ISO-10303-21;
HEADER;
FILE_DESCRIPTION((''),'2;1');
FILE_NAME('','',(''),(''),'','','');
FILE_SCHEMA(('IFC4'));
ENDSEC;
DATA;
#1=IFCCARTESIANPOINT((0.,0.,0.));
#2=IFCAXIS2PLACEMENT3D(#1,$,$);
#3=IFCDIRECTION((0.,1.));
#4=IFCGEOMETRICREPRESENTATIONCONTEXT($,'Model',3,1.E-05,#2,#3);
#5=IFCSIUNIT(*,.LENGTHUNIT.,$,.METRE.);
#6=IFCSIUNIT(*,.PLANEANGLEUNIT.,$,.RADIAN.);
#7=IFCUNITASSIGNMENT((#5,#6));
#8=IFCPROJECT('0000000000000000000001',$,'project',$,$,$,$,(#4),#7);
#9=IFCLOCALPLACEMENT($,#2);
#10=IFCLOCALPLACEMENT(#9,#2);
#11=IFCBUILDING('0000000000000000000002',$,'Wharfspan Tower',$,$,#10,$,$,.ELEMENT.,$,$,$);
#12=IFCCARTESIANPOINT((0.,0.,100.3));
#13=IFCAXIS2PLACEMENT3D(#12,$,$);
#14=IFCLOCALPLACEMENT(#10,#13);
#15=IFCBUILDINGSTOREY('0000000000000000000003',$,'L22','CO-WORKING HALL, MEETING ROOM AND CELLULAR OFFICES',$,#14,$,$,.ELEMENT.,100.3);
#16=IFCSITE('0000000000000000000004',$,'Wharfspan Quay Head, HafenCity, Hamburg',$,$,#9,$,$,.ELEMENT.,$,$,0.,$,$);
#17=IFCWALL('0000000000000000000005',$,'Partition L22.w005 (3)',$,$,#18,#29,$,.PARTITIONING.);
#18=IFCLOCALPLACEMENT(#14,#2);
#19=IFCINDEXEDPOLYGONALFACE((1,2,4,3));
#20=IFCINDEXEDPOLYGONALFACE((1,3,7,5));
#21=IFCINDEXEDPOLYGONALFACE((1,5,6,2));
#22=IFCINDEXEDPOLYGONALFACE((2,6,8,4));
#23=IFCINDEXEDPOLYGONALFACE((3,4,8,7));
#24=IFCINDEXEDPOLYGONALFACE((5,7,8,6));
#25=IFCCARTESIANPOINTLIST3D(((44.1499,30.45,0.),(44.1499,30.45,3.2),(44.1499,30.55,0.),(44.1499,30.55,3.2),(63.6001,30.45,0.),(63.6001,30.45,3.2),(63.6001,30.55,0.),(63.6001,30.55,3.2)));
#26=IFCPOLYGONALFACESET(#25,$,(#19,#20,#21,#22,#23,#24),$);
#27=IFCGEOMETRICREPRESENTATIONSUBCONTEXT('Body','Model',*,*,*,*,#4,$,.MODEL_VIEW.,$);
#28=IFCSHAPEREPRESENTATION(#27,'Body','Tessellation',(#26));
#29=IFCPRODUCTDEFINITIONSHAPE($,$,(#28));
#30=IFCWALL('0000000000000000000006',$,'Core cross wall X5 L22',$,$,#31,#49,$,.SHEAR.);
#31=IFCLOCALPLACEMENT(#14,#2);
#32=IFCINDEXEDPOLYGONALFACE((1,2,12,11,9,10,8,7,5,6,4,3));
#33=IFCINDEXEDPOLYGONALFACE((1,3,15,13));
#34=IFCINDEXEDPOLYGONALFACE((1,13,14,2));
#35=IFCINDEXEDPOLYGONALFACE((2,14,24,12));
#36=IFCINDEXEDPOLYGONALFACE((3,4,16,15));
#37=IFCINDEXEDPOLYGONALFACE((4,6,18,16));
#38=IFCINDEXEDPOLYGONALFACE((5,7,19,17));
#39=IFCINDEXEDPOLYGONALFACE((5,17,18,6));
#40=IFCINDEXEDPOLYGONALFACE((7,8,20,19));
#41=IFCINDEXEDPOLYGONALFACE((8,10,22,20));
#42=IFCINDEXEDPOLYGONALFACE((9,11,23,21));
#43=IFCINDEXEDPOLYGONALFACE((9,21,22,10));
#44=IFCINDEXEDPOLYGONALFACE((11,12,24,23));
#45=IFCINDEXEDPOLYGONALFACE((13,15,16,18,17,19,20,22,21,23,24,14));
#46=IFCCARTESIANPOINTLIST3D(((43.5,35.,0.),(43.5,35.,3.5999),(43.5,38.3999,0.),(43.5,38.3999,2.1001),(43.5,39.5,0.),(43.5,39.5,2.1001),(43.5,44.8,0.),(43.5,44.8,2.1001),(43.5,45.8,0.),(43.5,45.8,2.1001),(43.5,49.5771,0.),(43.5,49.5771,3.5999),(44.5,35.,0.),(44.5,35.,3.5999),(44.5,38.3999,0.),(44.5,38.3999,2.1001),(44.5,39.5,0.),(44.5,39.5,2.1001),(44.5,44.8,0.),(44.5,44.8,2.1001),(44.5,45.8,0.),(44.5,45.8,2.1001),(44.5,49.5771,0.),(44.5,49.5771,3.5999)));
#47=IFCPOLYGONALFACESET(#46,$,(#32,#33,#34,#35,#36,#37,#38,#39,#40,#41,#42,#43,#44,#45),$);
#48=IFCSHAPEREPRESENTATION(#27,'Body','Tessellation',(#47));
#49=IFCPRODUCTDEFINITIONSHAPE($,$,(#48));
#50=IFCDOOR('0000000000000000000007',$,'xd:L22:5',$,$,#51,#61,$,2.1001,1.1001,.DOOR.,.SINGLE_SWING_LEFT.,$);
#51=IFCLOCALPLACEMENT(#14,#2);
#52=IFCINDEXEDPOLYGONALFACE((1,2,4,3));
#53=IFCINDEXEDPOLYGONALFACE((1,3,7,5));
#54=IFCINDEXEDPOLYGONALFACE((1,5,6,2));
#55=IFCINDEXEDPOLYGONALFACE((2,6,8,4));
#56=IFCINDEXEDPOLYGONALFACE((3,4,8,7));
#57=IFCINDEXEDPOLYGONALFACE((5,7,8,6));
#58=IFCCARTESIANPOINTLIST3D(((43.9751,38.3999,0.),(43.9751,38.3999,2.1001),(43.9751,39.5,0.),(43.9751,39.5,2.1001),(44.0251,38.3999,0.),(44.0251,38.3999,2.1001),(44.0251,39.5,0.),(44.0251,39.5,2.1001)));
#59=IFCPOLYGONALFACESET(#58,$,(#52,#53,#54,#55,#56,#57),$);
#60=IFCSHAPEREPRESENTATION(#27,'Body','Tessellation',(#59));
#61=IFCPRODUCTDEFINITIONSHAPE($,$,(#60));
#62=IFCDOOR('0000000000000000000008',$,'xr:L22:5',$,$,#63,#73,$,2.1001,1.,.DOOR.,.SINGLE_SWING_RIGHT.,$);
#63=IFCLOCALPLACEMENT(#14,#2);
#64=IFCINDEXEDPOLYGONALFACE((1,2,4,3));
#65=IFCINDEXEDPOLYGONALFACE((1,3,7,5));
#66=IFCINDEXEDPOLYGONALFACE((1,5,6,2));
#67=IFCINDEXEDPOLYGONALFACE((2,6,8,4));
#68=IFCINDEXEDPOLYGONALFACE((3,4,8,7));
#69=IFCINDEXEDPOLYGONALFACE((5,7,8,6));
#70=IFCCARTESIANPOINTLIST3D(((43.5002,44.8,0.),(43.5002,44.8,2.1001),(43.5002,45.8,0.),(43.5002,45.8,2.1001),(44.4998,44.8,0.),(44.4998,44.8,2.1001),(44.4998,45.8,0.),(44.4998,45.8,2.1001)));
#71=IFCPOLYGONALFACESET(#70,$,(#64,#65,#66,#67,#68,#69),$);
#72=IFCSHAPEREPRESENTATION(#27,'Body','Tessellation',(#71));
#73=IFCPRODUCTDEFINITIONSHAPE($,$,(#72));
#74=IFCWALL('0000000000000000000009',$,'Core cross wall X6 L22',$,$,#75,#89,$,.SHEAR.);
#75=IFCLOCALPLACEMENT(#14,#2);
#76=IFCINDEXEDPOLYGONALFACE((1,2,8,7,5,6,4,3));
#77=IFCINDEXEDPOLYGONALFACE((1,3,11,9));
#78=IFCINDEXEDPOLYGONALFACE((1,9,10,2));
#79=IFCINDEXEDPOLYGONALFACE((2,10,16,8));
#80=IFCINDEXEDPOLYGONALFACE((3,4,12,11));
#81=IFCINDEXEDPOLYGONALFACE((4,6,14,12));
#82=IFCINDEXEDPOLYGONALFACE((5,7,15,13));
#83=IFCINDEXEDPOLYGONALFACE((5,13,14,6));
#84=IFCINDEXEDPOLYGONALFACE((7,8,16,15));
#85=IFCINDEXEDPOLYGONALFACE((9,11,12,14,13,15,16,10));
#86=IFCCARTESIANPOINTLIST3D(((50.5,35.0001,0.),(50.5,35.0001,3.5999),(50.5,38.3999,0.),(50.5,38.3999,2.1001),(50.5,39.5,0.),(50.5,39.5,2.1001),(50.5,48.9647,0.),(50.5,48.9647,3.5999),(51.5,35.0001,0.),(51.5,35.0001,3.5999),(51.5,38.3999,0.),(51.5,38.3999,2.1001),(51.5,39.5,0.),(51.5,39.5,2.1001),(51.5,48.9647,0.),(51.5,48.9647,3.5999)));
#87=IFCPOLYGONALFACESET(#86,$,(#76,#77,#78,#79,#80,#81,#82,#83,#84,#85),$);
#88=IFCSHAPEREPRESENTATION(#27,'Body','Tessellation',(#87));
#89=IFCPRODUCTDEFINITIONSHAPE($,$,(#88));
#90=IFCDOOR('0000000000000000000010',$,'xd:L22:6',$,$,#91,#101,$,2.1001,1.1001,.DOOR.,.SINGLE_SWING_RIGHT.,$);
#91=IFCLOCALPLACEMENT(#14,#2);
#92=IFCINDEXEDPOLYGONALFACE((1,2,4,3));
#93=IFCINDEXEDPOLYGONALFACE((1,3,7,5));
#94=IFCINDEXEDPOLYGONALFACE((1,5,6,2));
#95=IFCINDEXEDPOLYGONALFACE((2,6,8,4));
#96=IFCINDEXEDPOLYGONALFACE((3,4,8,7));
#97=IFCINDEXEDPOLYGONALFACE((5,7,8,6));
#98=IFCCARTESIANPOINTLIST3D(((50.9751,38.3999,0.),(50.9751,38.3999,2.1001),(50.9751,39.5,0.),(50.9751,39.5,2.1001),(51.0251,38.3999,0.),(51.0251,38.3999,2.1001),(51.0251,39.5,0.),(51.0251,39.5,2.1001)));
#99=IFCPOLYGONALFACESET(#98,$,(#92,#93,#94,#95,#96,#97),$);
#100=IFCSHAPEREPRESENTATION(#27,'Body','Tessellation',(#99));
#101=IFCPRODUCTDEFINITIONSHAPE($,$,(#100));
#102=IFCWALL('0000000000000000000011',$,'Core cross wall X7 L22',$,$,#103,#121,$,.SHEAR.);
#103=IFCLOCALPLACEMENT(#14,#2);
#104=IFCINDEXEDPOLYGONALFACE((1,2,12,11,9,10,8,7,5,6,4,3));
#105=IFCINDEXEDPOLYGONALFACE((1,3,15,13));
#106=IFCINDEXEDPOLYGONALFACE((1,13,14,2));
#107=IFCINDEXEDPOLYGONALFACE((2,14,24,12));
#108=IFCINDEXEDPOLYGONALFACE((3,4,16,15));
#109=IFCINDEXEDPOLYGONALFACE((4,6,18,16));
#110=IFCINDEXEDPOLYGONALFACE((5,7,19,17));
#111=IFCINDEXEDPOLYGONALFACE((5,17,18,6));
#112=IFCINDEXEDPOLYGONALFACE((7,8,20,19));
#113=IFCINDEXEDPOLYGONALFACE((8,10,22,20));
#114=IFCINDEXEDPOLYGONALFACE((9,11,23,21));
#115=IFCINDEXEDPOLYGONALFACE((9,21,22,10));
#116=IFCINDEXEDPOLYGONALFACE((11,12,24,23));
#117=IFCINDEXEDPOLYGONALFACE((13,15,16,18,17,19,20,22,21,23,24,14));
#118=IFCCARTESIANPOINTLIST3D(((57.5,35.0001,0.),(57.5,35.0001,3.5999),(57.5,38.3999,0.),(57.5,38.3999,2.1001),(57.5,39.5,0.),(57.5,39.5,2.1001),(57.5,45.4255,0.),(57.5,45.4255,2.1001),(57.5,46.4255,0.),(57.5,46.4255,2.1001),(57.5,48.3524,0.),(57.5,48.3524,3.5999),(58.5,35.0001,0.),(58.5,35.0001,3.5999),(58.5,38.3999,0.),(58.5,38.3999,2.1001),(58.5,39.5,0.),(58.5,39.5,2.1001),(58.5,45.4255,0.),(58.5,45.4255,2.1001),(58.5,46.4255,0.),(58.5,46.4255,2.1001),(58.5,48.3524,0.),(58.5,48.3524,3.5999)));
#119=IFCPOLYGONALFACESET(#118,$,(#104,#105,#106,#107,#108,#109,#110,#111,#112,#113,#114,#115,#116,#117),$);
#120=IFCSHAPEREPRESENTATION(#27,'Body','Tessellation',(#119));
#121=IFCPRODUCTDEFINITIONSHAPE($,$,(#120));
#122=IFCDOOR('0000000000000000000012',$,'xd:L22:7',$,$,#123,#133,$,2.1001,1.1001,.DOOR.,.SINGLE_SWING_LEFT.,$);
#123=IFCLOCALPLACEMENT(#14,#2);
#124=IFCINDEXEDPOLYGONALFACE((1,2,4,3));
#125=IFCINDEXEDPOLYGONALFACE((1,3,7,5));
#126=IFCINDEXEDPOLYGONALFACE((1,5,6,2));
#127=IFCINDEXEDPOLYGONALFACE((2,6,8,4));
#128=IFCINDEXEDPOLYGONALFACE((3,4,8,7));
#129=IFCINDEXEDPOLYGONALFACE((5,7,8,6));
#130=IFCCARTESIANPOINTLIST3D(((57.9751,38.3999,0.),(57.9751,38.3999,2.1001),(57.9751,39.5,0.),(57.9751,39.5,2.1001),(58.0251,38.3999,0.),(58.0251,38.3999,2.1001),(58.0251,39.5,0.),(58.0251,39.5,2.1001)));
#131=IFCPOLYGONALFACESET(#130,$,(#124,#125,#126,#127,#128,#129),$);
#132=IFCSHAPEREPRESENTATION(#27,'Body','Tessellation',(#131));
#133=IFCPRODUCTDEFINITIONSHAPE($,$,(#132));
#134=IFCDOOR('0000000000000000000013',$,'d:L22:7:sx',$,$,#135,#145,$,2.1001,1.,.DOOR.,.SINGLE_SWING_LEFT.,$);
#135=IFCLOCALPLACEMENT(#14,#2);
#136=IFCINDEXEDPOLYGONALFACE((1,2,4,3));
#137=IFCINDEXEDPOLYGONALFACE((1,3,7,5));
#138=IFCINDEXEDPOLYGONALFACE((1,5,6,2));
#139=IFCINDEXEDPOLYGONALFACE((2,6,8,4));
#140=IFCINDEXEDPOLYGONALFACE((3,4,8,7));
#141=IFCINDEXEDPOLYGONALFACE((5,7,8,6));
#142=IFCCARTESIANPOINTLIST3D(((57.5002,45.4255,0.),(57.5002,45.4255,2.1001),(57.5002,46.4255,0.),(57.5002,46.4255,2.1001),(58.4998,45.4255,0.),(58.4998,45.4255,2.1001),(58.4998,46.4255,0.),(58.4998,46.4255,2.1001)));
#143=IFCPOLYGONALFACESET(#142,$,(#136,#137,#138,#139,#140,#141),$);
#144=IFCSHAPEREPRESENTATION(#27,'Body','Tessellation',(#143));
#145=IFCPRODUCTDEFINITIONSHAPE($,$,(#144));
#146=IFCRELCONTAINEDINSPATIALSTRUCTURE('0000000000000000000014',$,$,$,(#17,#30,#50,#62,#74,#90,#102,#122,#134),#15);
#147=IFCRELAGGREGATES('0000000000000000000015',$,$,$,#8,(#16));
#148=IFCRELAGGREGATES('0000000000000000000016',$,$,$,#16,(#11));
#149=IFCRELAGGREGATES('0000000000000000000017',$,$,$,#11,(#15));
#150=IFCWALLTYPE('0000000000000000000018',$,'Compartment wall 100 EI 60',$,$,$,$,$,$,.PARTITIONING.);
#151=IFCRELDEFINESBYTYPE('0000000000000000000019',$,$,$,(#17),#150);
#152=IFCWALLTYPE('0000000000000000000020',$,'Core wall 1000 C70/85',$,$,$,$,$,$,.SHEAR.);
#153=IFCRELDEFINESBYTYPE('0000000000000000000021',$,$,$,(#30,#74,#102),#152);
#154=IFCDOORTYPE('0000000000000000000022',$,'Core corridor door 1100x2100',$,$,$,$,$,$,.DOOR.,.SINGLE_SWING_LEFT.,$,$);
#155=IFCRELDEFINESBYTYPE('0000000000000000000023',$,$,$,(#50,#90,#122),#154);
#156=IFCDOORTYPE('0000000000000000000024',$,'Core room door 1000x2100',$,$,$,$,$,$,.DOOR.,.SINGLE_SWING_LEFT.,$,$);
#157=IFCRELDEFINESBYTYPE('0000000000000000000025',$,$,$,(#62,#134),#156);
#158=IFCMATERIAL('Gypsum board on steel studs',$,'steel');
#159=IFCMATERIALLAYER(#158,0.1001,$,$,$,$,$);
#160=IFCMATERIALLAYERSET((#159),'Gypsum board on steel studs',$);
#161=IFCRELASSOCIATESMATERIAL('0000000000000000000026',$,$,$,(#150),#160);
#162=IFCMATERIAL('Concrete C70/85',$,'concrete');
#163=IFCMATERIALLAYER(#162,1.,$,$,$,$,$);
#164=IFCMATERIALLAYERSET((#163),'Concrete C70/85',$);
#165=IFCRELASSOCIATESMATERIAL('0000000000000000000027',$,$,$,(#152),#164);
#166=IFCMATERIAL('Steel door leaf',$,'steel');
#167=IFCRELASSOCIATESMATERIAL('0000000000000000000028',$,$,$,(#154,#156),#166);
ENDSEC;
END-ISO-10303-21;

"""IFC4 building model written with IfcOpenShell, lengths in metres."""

from ifc_helpers import new_model, si_unit, direction, frame, frame_2d, origin, place, context, subcontext, project, spatial, rectangle, extrude, material, layer, layer_set, type_object, element, fill, save


model = new_model("IFC4")

# Units and contexts
model_context = context("Model", 3, precision=1e-05, world=origin(), true_north=direction((0.0, 1.0)))
body_context = subcontext(model_context, "Body", "Model", "MODEL_VIEW")
ifc_project = project(units=[si_unit("LENGTHUNIT", "METRE"), si_unit("PLANEANGLEUNIT", "RADIAN")], contexts=[model_context])

# Site, building, storey
site_placement = place(None, origin())
site = spatial("IfcSite", under=ifc_project, at=site_placement, Name="Wharfspan Quay Head, HafenCity, Hamburg", CompositionType="ELEMENT", RefElevation=0.0)
building_placement = place(site_placement, origin())
building = spatial("IfcBuilding", under=site, at=building_placement, Name="Wharfspan Tower", CompositionType="ELEMENT")
storey_placement = place(building_placement, frame((0.0, 0.0, 100.3)))
storey = spatial("IfcBuildingStorey", under=building, at=storey_placement, Name="L22", Description="CO-WORKING HALL, MEETING ROOM AND CELLULAR OFFICES", CompositionType="ELEMENT", Elevation=100.3)

# Shared definitions
ifc_material_1 = material(Name="Gypsum board on steel studs", Category="steel")
ifc_layer_1 = layer(ifc_material_1, 0.1001)
ifc_layer_set_1 = layer_set([ifc_layer_1], Name="Gypsum board on steel studs")
wall_type_1 = type_object("IfcWallType", Name="Compartment wall 100 EI 60", PredefinedType="PARTITIONING", material=ifc_layer_set_1)

# Wall
wall_1_placement = place(storey_placement, frame((44.1499, 30.5, 0.0), z_axis=(0.0, 0.0, 1.0), x_axis=(1.0, 0.0, 0.0)))
element("IfcWall", 1, at=wall_1_placement, inside=storey, type_object=wall_type_1, Name="Partition L22.w005 (3)", PredefinedType="PARTITIONING", context=body_context, shape_type="SweptSolid", body=[
    extrude(rectangle(XDim=19.4502, YDim=0.1001, at=frame_2d((9.7251, 0.0))), origin(), (0.0, 0.0, 1.0), 3.2),
])

# Wall, openings, doors
ifc_material_2 = material(Name="Concrete C70/85", Category="concrete")
ifc_layer_2 = layer(ifc_material_2, 1.0)
ifc_layer_set_2 = layer_set([ifc_layer_2], Name="Concrete C70/85")
wall_type_2 = type_object("IfcWallType", Name="Core wall 1000 C70/85", PredefinedType="SHEAR", material=ifc_layer_set_2)
wall_2_placement = place(storey_placement, frame((44.0, 35.0, 0.0), z_axis=(0.0, 0.0, 1.0), x_axis=(0.0, 1.0, 0.0)))
wall_2 = element("IfcWall", 2, at=wall_2_placement, inside=storey, type_object=wall_type_2, Name="Core cross wall X5 L22", PredefinedType="SHEAR", context=body_context, shape_type="SweptSolid", body=[
    extrude(rectangle(XDim=14.5771, YDim=1.0, at=frame_2d((7.2886, 0.0))), origin(), (0.0, 0.0, 1.0), 3.5999),
])
opening_1_placement = place(wall_2_placement, frame((3.3999, 0.0, 0.0)))
opening_1 = element("IfcOpeningElement", 3, at=opening_1_placement, cuts=wall_2, PredefinedType="OPENING", context=body_context, shape_type="SweptSolid", body=[
    extrude(rectangle(XDim=1.1001, YDim=2.1001, at=frame_2d((0.55, 1.05))), frame((0.0, 0.51, 0.0), z_axis=(0.0, -1.0, 0.0), x_axis=(1.0, 0.0, 0.0)), (0.0, 0.0, 1.0), 1.02),
])
opening_2_placement = place(wall_2_placement, frame((9.8, 0.0, 0.0)))
opening_2 = element("IfcOpeningElement", 4, at=opening_2_placement, cuts=wall_2, PredefinedType="OPENING", context=body_context, shape_type="SweptSolid", body=[
    extrude(rectangle(XDim=1.0, YDim=2.1001, at=frame_2d((0.5, 1.05))), frame((0.0, 0.51, 0.0), z_axis=(0.0, -1.0, 0.0), x_axis=(1.0, 0.0, 0.0)), (0.0, 0.0, 1.0), 1.02),
])
ifc_material_3 = material(Name="Steel door leaf", Category="steel")
door_type_1 = type_object("IfcDoorType", Name="Core corridor door 1100x2100", OperationType="SINGLE_SWING_LEFT", PredefinedType="DOOR", material=ifc_material_3)
door_1_placement = place(opening_1_placement, origin())
door_1 = element("IfcDoor", 5, at=door_1_placement, inside=storey, type_object=door_type_1, Name="xd:L22:5", OperationType="SINGLE_SWING_LEFT", OverallHeight=2.1001, OverallWidth=1.1001, PredefinedType="DOOR", context=body_context, shape_type="SweptSolid", body=[
    extrude(rectangle(XDim=1.1001, YDim=2.1001, at=frame_2d((0.55, 1.05))), frame((0.0, 0.0249, 0.0), z_axis=(0.0, -1.0, 0.0), x_axis=(1.0, 0.0, 0.0)), (0.0, 0.0, 1.0), 0.05),
])
fill(opening_1, door_1)
door_type_2 = type_object("IfcDoorType", Name="Core room door 1000x2100", OperationType="SINGLE_SWING_LEFT", PredefinedType="DOOR", material=ifc_material_3)
door_2_placement = place(opening_2_placement, origin())
door_2 = element("IfcDoor", 6, at=door_2_placement, inside=storey, type_object=door_type_2, Name="xr:L22:5", OperationType="SINGLE_SWING_RIGHT", OverallHeight=2.1001, OverallWidth=1.0, PredefinedType="DOOR", context=body_context, shape_type="SweptSolid", body=[
    extrude(rectangle(XDim=1.0, YDim=2.1001, at=frame_2d((0.5, 1.05))), frame((0.0, 0.4998, 0.0), z_axis=(0.0, -1.0, 0.0), x_axis=(1.0, 0.0, 0.0)), (0.0, 0.0, 1.0), 0.9995),
])
fill(opening_2, door_2)

# Wall, opening, door
wall_3_placement = place(storey_placement, frame((51.0, 35.0, 0.0), z_axis=(0.0, 0.0, 1.0), x_axis=(0.0, 1.0, 0.0)))
wall_3 = element("IfcWall", 7, at=wall_3_placement, inside=storey, type_object=wall_type_2, Name="Core cross wall X6 L22", PredefinedType="SHEAR", context=body_context, shape_type="SweptSolid", body=[
    extrude(rectangle(XDim=13.9646, YDim=1.0, at=frame_2d((6.9824, 0.0))), origin(), (0.0, 0.0, 1.0), 3.5999),
])
opening_3_placement = place(wall_3_placement, frame((3.3999, 0.0, 0.0)))
opening_3 = element("IfcOpeningElement", 8, at=opening_3_placement, cuts=wall_3, PredefinedType="OPENING", context=body_context, shape_type="SweptSolid", body=[
    extrude(rectangle(XDim=1.1001, YDim=2.1001, at=frame_2d((0.55, 1.05))), frame((0.0, 0.51, 0.0), z_axis=(0.0, -1.0, 0.0), x_axis=(1.0, 0.0, 0.0)), (0.0, 0.0, 1.0), 1.02),
])
door_3_placement = place(opening_3_placement, origin())
door_3 = element("IfcDoor", 9, at=door_3_placement, inside=storey, type_object=door_type_1, Name="xd:L22:6", OperationType="SINGLE_SWING_RIGHT", OverallHeight=2.1001, OverallWidth=1.1001, PredefinedType="DOOR", context=body_context, shape_type="SweptSolid", body=[
    extrude(rectangle(XDim=1.1001, YDim=2.1001, at=frame_2d((0.55, 1.05))), frame((0.0, 0.0249, 0.0), z_axis=(0.0, -1.0, 0.0), x_axis=(1.0, 0.0, 0.0)), (0.0, 0.0, 1.0), 0.05),
])
fill(opening_3, door_3)

# Wall, openings, doors
wall_4_placement = place(storey_placement, frame((58.0, 35.0, 0.0), z_axis=(0.0, 0.0, 1.0), x_axis=(0.0, 1.0, 0.0)))
wall_4 = element("IfcWall", 10, at=wall_4_placement, inside=storey, type_object=wall_type_2, Name="Core cross wall X7 L22", PredefinedType="SHEAR", context=body_context, shape_type="SweptSolid", body=[
    extrude(rectangle(XDim=13.3523, YDim=1.0, at=frame_2d((6.6763, 0.0))), origin(), (0.0, 0.0, 1.0), 3.5999),
])
opening_4_placement = place(wall_4_placement, frame((10.4255, 0.0, 0.0)))
opening_4 = element("IfcOpeningElement", 11, at=opening_4_placement, cuts=wall_4, PredefinedType="OPENING", context=body_context, shape_type="SweptSolid", body=[
    extrude(rectangle(XDim=1.0, YDim=2.1001, at=frame_2d((0.5, 1.05))), frame((0.0, 0.51, 0.0), z_axis=(0.0, -1.0, 0.0), x_axis=(1.0, 0.0, 0.0)), (0.0, 0.0, 1.0), 1.02),
])
opening_5_placement = place(wall_4_placement, frame((3.3999, 0.0, 0.0)))
opening_5 = element("IfcOpeningElement", 12, at=opening_5_placement, cuts=wall_4, PredefinedType="OPENING", context=body_context, shape_type="SweptSolid", body=[
    extrude(rectangle(XDim=1.1001, YDim=2.1001, at=frame_2d((0.55, 1.05))), frame((0.0, 0.51, 0.0), z_axis=(0.0, -1.0, 0.0), x_axis=(1.0, 0.0, 0.0)), (0.0, 0.0, 1.0), 1.02),
])
door_4_placement = place(opening_5_placement, origin())
door_4 = element("IfcDoor", 13, at=door_4_placement, inside=storey, type_object=door_type_1, Name="xd:L22:7", OperationType="SINGLE_SWING_LEFT", OverallHeight=2.1001, OverallWidth=1.1001, PredefinedType="DOOR", context=body_context, shape_type="SweptSolid", body=[
    extrude(rectangle(XDim=1.1001, YDim=2.1001, at=frame_2d((0.55, 1.05))), frame((0.0, 0.0249, 0.0), z_axis=(0.0, -1.0, 0.0), x_axis=(1.0, 0.0, 0.0)), (0.0, 0.0, 1.0), 0.05),
])
fill(opening_5, door_4)
door_5_placement = place(opening_4_placement, origin())
door_5 = element("IfcDoor", 14, at=door_5_placement, inside=storey, type_object=door_type_2, Name="d:L22:7:sx", OperationType="SINGLE_SWING_LEFT", OverallHeight=2.1001, OverallWidth=1.0, PredefinedType="DOOR", context=body_context, shape_type="SweptSolid", body=[
    extrude(rectangle(XDim=1.0, YDim=2.1001, at=frame_2d((0.5, 1.05))), frame((0.0, 0.4998, 0.0), z_axis=(0.0, -1.0, 0.0), x_axis=(1.0, 0.0, 0.0)), (0.0, 0.0, 1.0), 0.9995),
])
fill(opening_4, door_5)

save(model, "model.ifc")
